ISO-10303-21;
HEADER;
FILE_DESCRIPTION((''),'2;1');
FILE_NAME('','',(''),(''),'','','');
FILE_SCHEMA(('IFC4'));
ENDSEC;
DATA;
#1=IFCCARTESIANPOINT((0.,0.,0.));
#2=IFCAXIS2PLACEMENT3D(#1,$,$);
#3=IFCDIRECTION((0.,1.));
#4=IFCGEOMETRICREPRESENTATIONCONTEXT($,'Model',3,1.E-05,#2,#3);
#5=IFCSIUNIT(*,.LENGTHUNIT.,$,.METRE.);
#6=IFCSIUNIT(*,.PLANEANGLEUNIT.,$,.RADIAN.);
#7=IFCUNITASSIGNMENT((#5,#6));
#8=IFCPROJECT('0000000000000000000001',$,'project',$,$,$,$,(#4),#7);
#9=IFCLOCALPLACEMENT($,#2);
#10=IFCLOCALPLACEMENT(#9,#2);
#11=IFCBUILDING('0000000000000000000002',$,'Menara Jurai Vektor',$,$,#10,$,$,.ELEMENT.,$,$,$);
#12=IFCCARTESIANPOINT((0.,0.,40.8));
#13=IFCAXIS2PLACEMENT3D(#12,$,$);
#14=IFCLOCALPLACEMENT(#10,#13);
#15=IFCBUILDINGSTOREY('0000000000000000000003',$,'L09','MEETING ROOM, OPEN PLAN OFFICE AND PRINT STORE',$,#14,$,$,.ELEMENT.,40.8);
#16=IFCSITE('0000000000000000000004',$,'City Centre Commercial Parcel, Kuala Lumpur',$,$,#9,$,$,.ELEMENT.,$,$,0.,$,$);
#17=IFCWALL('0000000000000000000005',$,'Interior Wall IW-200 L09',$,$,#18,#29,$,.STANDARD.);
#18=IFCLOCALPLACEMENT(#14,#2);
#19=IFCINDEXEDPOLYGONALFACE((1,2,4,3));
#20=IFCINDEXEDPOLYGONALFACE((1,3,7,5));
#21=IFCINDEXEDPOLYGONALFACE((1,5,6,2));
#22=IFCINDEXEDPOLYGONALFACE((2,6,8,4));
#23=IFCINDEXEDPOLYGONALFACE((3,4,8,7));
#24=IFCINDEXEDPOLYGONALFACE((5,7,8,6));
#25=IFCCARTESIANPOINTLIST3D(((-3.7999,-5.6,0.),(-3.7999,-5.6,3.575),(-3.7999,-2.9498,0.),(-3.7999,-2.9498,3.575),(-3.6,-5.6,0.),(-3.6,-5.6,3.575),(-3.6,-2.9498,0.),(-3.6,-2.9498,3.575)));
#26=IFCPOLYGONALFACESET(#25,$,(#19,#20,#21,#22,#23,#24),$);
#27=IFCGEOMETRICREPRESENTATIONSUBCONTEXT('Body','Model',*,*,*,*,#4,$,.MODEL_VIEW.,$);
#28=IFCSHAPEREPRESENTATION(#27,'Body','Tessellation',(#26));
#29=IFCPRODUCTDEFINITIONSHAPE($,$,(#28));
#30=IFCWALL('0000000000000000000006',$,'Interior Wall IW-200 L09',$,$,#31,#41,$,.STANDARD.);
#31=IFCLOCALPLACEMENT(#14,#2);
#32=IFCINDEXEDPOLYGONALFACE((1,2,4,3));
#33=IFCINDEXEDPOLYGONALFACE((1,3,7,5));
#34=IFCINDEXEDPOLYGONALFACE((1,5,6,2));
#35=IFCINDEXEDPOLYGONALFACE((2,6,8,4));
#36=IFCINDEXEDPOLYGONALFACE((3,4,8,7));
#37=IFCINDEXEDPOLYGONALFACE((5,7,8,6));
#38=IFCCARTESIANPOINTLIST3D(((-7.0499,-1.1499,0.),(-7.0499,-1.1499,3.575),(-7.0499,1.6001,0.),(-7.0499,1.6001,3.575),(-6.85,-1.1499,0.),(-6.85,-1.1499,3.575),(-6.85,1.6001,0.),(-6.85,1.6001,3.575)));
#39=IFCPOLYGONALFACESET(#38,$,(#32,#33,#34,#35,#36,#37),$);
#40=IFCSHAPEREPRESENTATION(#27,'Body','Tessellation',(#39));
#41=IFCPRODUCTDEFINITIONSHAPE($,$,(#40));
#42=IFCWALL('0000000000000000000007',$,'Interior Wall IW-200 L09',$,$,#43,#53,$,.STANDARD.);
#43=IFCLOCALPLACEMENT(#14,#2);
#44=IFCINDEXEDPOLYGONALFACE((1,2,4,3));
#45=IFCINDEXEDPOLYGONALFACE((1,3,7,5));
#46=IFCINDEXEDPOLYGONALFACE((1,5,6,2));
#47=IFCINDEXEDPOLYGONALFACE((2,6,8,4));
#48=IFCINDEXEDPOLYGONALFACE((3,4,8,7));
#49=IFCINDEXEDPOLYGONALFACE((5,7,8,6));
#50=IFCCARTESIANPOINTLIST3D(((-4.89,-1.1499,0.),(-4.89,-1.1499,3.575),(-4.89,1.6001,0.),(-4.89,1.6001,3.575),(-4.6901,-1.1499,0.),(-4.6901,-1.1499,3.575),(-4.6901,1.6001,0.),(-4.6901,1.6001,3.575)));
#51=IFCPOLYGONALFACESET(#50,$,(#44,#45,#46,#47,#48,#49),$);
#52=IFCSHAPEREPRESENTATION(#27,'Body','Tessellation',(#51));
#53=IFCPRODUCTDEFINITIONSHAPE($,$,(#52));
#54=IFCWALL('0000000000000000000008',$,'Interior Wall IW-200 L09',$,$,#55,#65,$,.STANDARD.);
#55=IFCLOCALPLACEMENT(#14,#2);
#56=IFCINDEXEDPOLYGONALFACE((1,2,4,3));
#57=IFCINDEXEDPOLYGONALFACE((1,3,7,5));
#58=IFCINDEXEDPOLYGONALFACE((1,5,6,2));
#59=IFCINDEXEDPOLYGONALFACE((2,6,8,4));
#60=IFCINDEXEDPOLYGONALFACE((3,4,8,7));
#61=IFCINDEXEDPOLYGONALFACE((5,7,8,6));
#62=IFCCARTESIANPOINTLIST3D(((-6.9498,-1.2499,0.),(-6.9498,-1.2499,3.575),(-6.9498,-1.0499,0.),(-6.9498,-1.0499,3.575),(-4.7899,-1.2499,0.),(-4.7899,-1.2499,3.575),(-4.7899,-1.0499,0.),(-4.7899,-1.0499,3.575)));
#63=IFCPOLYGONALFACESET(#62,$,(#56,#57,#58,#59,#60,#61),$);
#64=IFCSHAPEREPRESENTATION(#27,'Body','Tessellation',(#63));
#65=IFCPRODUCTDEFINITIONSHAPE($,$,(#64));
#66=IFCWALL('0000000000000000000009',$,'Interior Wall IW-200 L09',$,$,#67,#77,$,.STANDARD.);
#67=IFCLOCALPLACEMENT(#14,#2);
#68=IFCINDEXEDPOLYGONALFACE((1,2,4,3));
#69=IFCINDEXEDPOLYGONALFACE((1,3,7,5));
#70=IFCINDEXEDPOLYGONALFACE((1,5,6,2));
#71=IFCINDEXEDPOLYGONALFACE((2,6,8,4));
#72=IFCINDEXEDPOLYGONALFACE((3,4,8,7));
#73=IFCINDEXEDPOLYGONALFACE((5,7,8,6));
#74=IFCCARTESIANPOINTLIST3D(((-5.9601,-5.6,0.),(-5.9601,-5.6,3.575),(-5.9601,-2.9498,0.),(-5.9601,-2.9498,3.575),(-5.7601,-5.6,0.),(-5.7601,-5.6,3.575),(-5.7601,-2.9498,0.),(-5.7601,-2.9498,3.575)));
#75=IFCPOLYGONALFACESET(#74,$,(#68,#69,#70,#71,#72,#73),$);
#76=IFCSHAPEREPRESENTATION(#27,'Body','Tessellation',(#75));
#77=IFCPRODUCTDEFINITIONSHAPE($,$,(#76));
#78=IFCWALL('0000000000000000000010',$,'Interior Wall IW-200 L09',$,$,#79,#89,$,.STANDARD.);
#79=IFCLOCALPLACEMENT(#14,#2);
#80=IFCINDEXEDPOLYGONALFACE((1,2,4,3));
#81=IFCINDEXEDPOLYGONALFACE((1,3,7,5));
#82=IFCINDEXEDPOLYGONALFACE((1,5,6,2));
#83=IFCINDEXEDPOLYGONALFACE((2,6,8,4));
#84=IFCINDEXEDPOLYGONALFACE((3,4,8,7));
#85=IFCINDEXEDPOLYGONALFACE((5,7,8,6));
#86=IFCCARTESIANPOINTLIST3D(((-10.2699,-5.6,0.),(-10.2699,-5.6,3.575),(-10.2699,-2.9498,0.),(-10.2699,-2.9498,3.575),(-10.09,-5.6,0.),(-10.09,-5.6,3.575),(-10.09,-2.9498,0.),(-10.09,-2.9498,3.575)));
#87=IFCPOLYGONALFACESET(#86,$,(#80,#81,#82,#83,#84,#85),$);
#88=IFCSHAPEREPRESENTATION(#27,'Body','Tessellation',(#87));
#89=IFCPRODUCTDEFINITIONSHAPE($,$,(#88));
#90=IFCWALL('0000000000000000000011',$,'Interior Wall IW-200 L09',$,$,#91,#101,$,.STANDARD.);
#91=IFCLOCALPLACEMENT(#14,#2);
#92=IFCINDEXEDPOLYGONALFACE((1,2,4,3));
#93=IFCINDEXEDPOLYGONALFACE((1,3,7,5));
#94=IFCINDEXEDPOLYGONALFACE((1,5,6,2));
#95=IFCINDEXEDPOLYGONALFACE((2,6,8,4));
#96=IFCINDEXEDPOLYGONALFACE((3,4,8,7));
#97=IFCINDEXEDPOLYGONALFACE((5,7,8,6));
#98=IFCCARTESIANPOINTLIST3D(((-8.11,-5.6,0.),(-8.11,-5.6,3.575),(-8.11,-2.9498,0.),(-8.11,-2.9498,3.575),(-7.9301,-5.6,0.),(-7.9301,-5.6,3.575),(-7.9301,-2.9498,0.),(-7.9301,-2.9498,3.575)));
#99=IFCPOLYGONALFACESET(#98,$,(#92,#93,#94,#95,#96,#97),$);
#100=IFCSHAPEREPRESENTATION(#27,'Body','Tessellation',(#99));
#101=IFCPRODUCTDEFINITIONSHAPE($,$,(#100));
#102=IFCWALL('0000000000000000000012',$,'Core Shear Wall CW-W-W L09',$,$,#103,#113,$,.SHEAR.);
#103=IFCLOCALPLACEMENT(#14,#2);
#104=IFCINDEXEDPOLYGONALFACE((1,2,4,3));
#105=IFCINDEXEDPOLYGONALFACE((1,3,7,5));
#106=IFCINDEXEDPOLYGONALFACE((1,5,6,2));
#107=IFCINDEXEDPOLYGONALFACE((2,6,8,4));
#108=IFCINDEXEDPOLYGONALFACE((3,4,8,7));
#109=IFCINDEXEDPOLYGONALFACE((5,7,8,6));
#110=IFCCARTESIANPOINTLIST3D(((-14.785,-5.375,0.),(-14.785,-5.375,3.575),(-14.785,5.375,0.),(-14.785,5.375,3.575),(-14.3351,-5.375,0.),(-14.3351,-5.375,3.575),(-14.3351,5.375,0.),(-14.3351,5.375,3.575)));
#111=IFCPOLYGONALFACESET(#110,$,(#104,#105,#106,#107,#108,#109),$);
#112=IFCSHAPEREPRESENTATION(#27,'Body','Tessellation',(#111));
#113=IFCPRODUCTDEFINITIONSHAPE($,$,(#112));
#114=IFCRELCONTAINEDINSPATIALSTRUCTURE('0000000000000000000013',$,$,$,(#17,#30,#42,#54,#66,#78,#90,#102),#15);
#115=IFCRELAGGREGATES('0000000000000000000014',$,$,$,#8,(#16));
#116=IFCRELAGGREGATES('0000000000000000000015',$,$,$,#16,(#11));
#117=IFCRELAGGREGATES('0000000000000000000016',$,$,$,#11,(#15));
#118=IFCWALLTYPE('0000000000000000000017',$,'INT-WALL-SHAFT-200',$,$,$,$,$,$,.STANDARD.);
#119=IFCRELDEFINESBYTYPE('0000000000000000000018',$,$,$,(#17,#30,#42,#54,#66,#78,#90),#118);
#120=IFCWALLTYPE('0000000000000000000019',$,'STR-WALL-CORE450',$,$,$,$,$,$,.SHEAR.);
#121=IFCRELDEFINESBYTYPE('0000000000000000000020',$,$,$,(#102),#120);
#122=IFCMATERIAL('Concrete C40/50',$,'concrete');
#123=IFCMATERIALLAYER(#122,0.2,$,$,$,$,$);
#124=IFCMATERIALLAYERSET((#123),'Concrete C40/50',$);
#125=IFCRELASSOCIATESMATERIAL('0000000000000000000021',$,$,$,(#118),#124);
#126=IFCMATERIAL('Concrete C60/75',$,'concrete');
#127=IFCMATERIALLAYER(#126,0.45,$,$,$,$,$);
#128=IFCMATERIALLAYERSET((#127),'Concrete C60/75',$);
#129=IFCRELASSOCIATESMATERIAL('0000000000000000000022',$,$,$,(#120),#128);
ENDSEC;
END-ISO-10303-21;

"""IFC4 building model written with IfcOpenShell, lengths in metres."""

from ifc_helpers import new_model, si_unit, direction, frame, frame_2d, origin, place, context, subcontext, project, spatial, rectangle, extrude, material, layer, layer_set, type_object, element, save


model = new_model("IFC4")

# Units and contexts
model_context = context("Model", 3, precision=1e-05, world=origin(), true_north=direction((0.0, 1.0)))
body_context = subcontext(model_context, "Body", "Model", "MODEL_VIEW")
ifc_project = project(units=[si_unit("LENGTHUNIT", "METRE"), si_unit("PLANEANGLEUNIT", "RADIAN")], contexts=[model_context])

# Site, building, storey
site_placement = place(None, origin())
site = spatial("IfcSite", under=ifc_project, at=site_placement, Name="City Centre Commercial Parcel, Kuala Lumpur", CompositionType="ELEMENT", RefElevation=0.0)
building_placement = place(site_placement, origin())
building = spatial("IfcBuilding", under=site, at=building_placement, Name="Menara Jurai Vektor", CompositionType="ELEMENT")
storey_placement = place(building_placement, frame((0.0, 0.0, 40.8)))
storey = spatial("IfcBuildingStorey", under=building, at=storey_placement, Name="L09", Description="MEETING ROOM, OPEN PLAN OFFICE AND PRINT STORE", CompositionType="ELEMENT", Elevation=40.8)

# Shared definitions
ifc_material_1 = material(Name="Concrete C60/75", Category="concrete")

# Shared definitions
ifc_material_2 = material(Name="Concrete C40/50", Category="concrete")

# Shared definitions
ifc_layer_1 = layer(ifc_material_2, 0.2)
ifc_layer_set_1 = layer_set([ifc_layer_1], Name="Concrete C40/50")
wall_type_1 = type_object("IfcWallType", Name="INT-WALL-SHAFT-200", PredefinedType="STANDARD", material=ifc_layer_set_1)

# Walls
wall_1_placement = place(storey_placement, frame((-3.7, -5.6001, 0.0), z_axis=(0.0, 0.0, 1.0), x_axis=(0.0, 1.0, 0.0)))
element("IfcWall", 1, at=wall_1_placement, inside=storey, type_object=wall_type_1, Name="Interior Wall IW-200 L09", PredefinedType="STANDARD", context=body_context, shape_type="SweptSolid", body=[
    extrude(rectangle(XDim=2.6501, YDim=0.2, at=frame_2d((1.3252, 0.0))), origin(), (0.0, 0.0, 1.0), 3.575),
])
wall_2_placement = place(storey_placement, frame((-6.95, -1.1499, 0.0), z_axis=(0.0, 0.0, 1.0), x_axis=(0.0, 1.0, 0.0)))
element("IfcWall", 2, at=wall_2_placement, inside=storey, type_object=wall_type_1, Name="Interior Wall IW-200 L09", PredefinedType="STANDARD", context=body_context, shape_type="SweptSolid", body=[
    extrude(rectangle(XDim=2.75, YDim=0.2, at=frame_2d((1.375, 0.0))), origin(), (0.0, 0.0, 1.0), 3.575),
])

# Walls
wall_3_placement = place(storey_placement, frame((-4.79, -1.1499, 0.0), z_axis=(0.0, 0.0, 1.0), x_axis=(0.0, 1.0, 0.0)))
element("IfcWall", 3, at=wall_3_placement, inside=storey, type_object=wall_type_1, Name="Interior Wall IW-200 L09", PredefinedType="STANDARD", context=body_context, shape_type="SweptSolid", body=[
    extrude(rectangle(XDim=2.75, YDim=0.2, at=frame_2d((1.375, 0.0))), origin(), (0.0, 0.0, 1.0), 3.575),
])
wall_4_placement = place(storey_placement, frame((-6.95, -1.1499, 0.0), z_axis=(0.0, 0.0, 1.0), x_axis=(1.0, 0.0, 0.0)))
element("IfcWall", 4, at=wall_4_placement, inside=storey, type_object=wall_type_1, Name="Interior Wall IW-200 L09", PredefinedType="STANDARD", context=body_context, shape_type="SweptSolid", body=[
    extrude(rectangle(XDim=2.1599, YDim=0.2, at=frame_2d((1.0801, 0.0))), origin(), (0.0, 0.0, 1.0), 3.575),
])

# Walls
wall_5_placement = place(storey_placement, frame((-5.8601, -5.6001, 0.0), z_axis=(0.0, 0.0, 1.0), x_axis=(0.0, 1.0, 0.0)))
element("IfcWall", 5, at=wall_5_placement, inside=storey, type_object=wall_type_1, Name="Interior Wall IW-200 L09", PredefinedType="STANDARD", context=body_context, shape_type="SweptSolid", body=[
    extrude(rectangle(XDim=2.6501, YDim=0.2, at=frame_2d((1.3252, 0.0))), origin(), (0.0, 0.0, 1.0), 3.575),
])
for number, where, z_axis, x_axis, name in (
    (6, (-10.1799, -5.6001, 0.0), (0.0, 0.0, 1.0), (0.0, 1.0, 0.0), "Interior Wall IW-200 L09"),
    (7, (-8.02, -5.6001, 0.0), (0.0, 0.0, 1.0), (0.0, 1.0, 0.0), "Interior Wall IW-200 L09"),
):
    element("IfcWall", number, at=place(storey_placement, frame(where, z_axis=z_axis, x_axis=x_axis)), inside=storey, type_object=wall_type_1, Name=name, PredefinedType="STANDARD", context=body_context, shape_type="SweptSolid", body=[
        extrude(rectangle(XDim=2.6501, YDim=0.1799, at=frame_2d((1.3252, 0.0))), origin(), (0.0, 0.0, 1.0), 3.575),
    ])
ifc_layer_2 = layer(ifc_material_1, 0.45)
ifc_layer_set_2 = layer_set([ifc_layer_2], Name="Concrete C60/75")
wall_type_2 = type_object("IfcWallType", Name="STR-WALL-CORE450", PredefinedType="SHEAR", material=ifc_layer_set_2)
wall_6_placement = place(storey_placement, frame((-14.5601, -5.375, 0.0), z_axis=(0.0, 0.0, 1.0), x_axis=(0.0, 1.0, 0.0)))
element("IfcWall", 8, at=wall_6_placement, inside=storey, type_object=wall_type_2, Name="Core Shear Wall CW-W-W L09", PredefinedType="SHEAR", context=body_context, shape_type="SweptSolid", body=[
    extrude(rectangle(XDim=10.75, YDim=0.45, at=frame_2d((5.375, 0.0))), origin(), (0.0, 0.0, 1.0), 3.575),
])

save(model, "model.ifc")
